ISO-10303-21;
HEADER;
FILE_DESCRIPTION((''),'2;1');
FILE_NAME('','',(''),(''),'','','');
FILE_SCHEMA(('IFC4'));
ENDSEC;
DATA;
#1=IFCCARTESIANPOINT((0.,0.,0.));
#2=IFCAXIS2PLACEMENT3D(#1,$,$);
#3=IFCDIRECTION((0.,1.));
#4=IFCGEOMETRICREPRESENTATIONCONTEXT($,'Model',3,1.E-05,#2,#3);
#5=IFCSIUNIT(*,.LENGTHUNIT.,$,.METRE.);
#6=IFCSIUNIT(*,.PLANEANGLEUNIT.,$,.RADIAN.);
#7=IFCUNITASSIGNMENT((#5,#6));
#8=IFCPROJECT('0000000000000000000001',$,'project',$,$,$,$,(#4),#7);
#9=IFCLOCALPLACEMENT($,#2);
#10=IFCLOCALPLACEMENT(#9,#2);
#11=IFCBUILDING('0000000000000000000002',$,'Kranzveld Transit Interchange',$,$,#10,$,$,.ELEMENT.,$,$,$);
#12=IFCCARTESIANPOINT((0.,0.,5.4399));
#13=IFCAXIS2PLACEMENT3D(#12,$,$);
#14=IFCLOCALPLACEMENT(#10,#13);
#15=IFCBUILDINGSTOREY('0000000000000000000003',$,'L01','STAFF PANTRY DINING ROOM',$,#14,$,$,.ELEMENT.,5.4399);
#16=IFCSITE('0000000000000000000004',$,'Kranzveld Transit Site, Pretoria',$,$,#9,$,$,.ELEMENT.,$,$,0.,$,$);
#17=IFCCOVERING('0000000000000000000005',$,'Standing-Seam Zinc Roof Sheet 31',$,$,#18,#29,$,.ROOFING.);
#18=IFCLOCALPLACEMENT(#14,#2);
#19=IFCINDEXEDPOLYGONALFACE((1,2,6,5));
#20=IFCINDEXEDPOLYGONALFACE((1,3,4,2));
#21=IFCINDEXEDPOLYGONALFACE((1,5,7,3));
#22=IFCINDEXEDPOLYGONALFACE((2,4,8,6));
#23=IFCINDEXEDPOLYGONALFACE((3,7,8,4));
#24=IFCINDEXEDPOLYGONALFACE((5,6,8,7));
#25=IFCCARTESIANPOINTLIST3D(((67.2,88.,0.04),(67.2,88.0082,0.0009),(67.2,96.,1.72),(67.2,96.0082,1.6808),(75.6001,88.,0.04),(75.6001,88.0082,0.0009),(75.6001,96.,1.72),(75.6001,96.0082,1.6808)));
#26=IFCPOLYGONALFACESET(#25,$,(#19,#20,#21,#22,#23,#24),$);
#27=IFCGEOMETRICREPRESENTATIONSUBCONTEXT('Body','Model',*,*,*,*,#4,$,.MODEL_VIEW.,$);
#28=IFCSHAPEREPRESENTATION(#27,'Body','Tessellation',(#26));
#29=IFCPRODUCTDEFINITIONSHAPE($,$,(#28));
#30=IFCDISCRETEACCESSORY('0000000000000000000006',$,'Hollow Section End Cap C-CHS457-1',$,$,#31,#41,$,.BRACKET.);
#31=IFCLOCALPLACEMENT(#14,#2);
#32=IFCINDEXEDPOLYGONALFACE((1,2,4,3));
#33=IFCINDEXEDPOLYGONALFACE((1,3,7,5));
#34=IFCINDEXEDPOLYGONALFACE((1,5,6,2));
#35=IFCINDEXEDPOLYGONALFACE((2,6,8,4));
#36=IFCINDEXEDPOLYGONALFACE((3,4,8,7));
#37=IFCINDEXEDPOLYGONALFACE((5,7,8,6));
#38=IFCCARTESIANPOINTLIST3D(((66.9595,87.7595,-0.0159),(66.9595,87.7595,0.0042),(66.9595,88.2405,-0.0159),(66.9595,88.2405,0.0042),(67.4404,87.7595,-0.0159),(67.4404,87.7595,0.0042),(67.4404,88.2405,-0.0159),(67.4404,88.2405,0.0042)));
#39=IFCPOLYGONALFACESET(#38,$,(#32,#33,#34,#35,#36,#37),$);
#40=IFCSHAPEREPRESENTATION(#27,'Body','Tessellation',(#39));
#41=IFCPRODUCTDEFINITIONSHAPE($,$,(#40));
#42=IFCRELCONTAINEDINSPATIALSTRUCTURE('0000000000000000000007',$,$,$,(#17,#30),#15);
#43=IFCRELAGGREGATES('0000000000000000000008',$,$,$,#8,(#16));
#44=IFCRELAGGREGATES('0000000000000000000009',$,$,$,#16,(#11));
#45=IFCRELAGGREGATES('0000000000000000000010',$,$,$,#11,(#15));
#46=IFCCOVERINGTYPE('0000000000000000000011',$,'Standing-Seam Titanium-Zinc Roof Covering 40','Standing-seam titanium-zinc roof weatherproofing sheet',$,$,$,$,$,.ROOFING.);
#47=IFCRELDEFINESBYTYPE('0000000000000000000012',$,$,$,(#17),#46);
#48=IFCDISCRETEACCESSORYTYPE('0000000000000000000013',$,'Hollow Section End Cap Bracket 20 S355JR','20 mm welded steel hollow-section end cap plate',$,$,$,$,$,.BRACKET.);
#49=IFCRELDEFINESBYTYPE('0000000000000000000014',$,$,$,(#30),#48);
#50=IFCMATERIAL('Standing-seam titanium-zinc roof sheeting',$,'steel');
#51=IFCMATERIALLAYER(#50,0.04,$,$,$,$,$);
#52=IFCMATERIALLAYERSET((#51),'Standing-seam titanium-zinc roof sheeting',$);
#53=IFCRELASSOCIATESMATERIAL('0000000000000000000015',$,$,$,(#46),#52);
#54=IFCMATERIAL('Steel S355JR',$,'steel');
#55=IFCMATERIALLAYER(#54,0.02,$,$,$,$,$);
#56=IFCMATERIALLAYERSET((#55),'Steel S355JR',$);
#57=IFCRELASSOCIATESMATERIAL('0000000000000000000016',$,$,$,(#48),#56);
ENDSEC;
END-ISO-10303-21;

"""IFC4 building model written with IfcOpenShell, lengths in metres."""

from ifc_helpers import new_model, si_unit, direction, frame, origin, origin_2d, place, context, subcontext, project, spatial, polyline, rectangle, outline, extrude, material, layer, layer_set, type_object, element, save


model = new_model("IFC4")

# Units and contexts
model_context = context("Model", 3, precision=1e-05, world=origin(), true_north=direction((0.0, 1.0)))
body_context = subcontext(model_context, "Body", "Model", "MODEL_VIEW")
ifc_project = project(units=[si_unit("LENGTHUNIT", "METRE"), si_unit("PLANEANGLEUNIT", "RADIAN")], contexts=[model_context])

# Site, building, storey
site_placement = place(None, origin())
site = spatial("IfcSite", under=ifc_project, at=site_placement, Name="Kranzveld Transit Site, Pretoria", CompositionType="ELEMENT", RefElevation=0.0)
building_placement = place(site_placement, origin())
building = spatial("IfcBuilding", under=site, at=building_placement, Name="Kranzveld Transit Interchange", CompositionType="ELEMENT")
storey_placement = place(building_placement, frame((0.0, 0.0, 5.4399)))
storey = spatial("IfcBuildingStorey", under=building, at=storey_placement, Name="L01", Description="STAFF PANTRY DINING ROOM", CompositionType="ELEMENT", Elevation=5.4399)

# Covering
ifc_material_1 = material(Name="Standing-seam titanium-zinc roof sheeting", Category="steel")
ifc_layer_1 = layer(ifc_material_1, 0.04)
ifc_layer_set_1 = layer_set([ifc_layer_1], Name="Standing-seam titanium-zinc roof sheeting")
covering_type = type_object("IfcCoveringType", Name="Standing-Seam Titanium-Zinc Roof Covering 40", Description="Standing-seam titanium-zinc roof weatherproofing sheet", PredefinedType="ROOFING", material=ifc_layer_set_1)
covering_placement = place(storey_placement, frame((67.2, 88.0, 0.04), z_axis=(0.0, -0.205509, 0.978655), x_axis=(1.0, 0.0, 0.0)))
element("IfcCovering", 1, at=covering_placement, inside=storey, type_object=covering_type, Name="Standing-Seam Zinc Roof Sheet 31", PredefinedType="ROOFING", context=body_context, shape_type="SweptSolid", body=[
    extrude(outline(polyline([(0.0, 0.0), (8.4001, 0.0), (8.4001, 8.1745), (0.0, 8.1745), (0.0, 0.0)])), origin(), (0.0, 0.0, -1.0), 0.04),
])

# Discrete accessory
ifc_material_2 = material(Name="Steel S355JR", Category="steel")
ifc_layer_2 = layer(ifc_material_2, 0.02)
ifc_layer_set_2 = layer_set([ifc_layer_2], Name="Steel S355JR")
discrete_accessory_type = type_object("IfcDiscreteAccessoryType", Name="Hollow Section End Cap Bracket 20 S355JR", Description="20 mm welded steel hollow-section end cap plate", PredefinedType="BRACKET", material=ifc_layer_set_2)
discrete_accessory_placement = place(storey_placement, frame((67.2, 88.0, 0.0042), z_axis=(0.0, 0.0, -1.0), x_axis=(1.0, 0.0, 0.0)))
element("IfcDiscreteAccessory", 2, at=discrete_accessory_placement, inside=storey, type_object=discrete_accessory_type, Name="Hollow Section End Cap C-CHS457-1", PredefinedType="BRACKET", context=body_context, shape_type="SweptSolid", body=[
    extrude(rectangle(XDim=0.481, YDim=0.481, at=origin_2d()), origin(), (0.0, 0.0, 1.0), 0.02),
])

save(model, "model.ifc")
